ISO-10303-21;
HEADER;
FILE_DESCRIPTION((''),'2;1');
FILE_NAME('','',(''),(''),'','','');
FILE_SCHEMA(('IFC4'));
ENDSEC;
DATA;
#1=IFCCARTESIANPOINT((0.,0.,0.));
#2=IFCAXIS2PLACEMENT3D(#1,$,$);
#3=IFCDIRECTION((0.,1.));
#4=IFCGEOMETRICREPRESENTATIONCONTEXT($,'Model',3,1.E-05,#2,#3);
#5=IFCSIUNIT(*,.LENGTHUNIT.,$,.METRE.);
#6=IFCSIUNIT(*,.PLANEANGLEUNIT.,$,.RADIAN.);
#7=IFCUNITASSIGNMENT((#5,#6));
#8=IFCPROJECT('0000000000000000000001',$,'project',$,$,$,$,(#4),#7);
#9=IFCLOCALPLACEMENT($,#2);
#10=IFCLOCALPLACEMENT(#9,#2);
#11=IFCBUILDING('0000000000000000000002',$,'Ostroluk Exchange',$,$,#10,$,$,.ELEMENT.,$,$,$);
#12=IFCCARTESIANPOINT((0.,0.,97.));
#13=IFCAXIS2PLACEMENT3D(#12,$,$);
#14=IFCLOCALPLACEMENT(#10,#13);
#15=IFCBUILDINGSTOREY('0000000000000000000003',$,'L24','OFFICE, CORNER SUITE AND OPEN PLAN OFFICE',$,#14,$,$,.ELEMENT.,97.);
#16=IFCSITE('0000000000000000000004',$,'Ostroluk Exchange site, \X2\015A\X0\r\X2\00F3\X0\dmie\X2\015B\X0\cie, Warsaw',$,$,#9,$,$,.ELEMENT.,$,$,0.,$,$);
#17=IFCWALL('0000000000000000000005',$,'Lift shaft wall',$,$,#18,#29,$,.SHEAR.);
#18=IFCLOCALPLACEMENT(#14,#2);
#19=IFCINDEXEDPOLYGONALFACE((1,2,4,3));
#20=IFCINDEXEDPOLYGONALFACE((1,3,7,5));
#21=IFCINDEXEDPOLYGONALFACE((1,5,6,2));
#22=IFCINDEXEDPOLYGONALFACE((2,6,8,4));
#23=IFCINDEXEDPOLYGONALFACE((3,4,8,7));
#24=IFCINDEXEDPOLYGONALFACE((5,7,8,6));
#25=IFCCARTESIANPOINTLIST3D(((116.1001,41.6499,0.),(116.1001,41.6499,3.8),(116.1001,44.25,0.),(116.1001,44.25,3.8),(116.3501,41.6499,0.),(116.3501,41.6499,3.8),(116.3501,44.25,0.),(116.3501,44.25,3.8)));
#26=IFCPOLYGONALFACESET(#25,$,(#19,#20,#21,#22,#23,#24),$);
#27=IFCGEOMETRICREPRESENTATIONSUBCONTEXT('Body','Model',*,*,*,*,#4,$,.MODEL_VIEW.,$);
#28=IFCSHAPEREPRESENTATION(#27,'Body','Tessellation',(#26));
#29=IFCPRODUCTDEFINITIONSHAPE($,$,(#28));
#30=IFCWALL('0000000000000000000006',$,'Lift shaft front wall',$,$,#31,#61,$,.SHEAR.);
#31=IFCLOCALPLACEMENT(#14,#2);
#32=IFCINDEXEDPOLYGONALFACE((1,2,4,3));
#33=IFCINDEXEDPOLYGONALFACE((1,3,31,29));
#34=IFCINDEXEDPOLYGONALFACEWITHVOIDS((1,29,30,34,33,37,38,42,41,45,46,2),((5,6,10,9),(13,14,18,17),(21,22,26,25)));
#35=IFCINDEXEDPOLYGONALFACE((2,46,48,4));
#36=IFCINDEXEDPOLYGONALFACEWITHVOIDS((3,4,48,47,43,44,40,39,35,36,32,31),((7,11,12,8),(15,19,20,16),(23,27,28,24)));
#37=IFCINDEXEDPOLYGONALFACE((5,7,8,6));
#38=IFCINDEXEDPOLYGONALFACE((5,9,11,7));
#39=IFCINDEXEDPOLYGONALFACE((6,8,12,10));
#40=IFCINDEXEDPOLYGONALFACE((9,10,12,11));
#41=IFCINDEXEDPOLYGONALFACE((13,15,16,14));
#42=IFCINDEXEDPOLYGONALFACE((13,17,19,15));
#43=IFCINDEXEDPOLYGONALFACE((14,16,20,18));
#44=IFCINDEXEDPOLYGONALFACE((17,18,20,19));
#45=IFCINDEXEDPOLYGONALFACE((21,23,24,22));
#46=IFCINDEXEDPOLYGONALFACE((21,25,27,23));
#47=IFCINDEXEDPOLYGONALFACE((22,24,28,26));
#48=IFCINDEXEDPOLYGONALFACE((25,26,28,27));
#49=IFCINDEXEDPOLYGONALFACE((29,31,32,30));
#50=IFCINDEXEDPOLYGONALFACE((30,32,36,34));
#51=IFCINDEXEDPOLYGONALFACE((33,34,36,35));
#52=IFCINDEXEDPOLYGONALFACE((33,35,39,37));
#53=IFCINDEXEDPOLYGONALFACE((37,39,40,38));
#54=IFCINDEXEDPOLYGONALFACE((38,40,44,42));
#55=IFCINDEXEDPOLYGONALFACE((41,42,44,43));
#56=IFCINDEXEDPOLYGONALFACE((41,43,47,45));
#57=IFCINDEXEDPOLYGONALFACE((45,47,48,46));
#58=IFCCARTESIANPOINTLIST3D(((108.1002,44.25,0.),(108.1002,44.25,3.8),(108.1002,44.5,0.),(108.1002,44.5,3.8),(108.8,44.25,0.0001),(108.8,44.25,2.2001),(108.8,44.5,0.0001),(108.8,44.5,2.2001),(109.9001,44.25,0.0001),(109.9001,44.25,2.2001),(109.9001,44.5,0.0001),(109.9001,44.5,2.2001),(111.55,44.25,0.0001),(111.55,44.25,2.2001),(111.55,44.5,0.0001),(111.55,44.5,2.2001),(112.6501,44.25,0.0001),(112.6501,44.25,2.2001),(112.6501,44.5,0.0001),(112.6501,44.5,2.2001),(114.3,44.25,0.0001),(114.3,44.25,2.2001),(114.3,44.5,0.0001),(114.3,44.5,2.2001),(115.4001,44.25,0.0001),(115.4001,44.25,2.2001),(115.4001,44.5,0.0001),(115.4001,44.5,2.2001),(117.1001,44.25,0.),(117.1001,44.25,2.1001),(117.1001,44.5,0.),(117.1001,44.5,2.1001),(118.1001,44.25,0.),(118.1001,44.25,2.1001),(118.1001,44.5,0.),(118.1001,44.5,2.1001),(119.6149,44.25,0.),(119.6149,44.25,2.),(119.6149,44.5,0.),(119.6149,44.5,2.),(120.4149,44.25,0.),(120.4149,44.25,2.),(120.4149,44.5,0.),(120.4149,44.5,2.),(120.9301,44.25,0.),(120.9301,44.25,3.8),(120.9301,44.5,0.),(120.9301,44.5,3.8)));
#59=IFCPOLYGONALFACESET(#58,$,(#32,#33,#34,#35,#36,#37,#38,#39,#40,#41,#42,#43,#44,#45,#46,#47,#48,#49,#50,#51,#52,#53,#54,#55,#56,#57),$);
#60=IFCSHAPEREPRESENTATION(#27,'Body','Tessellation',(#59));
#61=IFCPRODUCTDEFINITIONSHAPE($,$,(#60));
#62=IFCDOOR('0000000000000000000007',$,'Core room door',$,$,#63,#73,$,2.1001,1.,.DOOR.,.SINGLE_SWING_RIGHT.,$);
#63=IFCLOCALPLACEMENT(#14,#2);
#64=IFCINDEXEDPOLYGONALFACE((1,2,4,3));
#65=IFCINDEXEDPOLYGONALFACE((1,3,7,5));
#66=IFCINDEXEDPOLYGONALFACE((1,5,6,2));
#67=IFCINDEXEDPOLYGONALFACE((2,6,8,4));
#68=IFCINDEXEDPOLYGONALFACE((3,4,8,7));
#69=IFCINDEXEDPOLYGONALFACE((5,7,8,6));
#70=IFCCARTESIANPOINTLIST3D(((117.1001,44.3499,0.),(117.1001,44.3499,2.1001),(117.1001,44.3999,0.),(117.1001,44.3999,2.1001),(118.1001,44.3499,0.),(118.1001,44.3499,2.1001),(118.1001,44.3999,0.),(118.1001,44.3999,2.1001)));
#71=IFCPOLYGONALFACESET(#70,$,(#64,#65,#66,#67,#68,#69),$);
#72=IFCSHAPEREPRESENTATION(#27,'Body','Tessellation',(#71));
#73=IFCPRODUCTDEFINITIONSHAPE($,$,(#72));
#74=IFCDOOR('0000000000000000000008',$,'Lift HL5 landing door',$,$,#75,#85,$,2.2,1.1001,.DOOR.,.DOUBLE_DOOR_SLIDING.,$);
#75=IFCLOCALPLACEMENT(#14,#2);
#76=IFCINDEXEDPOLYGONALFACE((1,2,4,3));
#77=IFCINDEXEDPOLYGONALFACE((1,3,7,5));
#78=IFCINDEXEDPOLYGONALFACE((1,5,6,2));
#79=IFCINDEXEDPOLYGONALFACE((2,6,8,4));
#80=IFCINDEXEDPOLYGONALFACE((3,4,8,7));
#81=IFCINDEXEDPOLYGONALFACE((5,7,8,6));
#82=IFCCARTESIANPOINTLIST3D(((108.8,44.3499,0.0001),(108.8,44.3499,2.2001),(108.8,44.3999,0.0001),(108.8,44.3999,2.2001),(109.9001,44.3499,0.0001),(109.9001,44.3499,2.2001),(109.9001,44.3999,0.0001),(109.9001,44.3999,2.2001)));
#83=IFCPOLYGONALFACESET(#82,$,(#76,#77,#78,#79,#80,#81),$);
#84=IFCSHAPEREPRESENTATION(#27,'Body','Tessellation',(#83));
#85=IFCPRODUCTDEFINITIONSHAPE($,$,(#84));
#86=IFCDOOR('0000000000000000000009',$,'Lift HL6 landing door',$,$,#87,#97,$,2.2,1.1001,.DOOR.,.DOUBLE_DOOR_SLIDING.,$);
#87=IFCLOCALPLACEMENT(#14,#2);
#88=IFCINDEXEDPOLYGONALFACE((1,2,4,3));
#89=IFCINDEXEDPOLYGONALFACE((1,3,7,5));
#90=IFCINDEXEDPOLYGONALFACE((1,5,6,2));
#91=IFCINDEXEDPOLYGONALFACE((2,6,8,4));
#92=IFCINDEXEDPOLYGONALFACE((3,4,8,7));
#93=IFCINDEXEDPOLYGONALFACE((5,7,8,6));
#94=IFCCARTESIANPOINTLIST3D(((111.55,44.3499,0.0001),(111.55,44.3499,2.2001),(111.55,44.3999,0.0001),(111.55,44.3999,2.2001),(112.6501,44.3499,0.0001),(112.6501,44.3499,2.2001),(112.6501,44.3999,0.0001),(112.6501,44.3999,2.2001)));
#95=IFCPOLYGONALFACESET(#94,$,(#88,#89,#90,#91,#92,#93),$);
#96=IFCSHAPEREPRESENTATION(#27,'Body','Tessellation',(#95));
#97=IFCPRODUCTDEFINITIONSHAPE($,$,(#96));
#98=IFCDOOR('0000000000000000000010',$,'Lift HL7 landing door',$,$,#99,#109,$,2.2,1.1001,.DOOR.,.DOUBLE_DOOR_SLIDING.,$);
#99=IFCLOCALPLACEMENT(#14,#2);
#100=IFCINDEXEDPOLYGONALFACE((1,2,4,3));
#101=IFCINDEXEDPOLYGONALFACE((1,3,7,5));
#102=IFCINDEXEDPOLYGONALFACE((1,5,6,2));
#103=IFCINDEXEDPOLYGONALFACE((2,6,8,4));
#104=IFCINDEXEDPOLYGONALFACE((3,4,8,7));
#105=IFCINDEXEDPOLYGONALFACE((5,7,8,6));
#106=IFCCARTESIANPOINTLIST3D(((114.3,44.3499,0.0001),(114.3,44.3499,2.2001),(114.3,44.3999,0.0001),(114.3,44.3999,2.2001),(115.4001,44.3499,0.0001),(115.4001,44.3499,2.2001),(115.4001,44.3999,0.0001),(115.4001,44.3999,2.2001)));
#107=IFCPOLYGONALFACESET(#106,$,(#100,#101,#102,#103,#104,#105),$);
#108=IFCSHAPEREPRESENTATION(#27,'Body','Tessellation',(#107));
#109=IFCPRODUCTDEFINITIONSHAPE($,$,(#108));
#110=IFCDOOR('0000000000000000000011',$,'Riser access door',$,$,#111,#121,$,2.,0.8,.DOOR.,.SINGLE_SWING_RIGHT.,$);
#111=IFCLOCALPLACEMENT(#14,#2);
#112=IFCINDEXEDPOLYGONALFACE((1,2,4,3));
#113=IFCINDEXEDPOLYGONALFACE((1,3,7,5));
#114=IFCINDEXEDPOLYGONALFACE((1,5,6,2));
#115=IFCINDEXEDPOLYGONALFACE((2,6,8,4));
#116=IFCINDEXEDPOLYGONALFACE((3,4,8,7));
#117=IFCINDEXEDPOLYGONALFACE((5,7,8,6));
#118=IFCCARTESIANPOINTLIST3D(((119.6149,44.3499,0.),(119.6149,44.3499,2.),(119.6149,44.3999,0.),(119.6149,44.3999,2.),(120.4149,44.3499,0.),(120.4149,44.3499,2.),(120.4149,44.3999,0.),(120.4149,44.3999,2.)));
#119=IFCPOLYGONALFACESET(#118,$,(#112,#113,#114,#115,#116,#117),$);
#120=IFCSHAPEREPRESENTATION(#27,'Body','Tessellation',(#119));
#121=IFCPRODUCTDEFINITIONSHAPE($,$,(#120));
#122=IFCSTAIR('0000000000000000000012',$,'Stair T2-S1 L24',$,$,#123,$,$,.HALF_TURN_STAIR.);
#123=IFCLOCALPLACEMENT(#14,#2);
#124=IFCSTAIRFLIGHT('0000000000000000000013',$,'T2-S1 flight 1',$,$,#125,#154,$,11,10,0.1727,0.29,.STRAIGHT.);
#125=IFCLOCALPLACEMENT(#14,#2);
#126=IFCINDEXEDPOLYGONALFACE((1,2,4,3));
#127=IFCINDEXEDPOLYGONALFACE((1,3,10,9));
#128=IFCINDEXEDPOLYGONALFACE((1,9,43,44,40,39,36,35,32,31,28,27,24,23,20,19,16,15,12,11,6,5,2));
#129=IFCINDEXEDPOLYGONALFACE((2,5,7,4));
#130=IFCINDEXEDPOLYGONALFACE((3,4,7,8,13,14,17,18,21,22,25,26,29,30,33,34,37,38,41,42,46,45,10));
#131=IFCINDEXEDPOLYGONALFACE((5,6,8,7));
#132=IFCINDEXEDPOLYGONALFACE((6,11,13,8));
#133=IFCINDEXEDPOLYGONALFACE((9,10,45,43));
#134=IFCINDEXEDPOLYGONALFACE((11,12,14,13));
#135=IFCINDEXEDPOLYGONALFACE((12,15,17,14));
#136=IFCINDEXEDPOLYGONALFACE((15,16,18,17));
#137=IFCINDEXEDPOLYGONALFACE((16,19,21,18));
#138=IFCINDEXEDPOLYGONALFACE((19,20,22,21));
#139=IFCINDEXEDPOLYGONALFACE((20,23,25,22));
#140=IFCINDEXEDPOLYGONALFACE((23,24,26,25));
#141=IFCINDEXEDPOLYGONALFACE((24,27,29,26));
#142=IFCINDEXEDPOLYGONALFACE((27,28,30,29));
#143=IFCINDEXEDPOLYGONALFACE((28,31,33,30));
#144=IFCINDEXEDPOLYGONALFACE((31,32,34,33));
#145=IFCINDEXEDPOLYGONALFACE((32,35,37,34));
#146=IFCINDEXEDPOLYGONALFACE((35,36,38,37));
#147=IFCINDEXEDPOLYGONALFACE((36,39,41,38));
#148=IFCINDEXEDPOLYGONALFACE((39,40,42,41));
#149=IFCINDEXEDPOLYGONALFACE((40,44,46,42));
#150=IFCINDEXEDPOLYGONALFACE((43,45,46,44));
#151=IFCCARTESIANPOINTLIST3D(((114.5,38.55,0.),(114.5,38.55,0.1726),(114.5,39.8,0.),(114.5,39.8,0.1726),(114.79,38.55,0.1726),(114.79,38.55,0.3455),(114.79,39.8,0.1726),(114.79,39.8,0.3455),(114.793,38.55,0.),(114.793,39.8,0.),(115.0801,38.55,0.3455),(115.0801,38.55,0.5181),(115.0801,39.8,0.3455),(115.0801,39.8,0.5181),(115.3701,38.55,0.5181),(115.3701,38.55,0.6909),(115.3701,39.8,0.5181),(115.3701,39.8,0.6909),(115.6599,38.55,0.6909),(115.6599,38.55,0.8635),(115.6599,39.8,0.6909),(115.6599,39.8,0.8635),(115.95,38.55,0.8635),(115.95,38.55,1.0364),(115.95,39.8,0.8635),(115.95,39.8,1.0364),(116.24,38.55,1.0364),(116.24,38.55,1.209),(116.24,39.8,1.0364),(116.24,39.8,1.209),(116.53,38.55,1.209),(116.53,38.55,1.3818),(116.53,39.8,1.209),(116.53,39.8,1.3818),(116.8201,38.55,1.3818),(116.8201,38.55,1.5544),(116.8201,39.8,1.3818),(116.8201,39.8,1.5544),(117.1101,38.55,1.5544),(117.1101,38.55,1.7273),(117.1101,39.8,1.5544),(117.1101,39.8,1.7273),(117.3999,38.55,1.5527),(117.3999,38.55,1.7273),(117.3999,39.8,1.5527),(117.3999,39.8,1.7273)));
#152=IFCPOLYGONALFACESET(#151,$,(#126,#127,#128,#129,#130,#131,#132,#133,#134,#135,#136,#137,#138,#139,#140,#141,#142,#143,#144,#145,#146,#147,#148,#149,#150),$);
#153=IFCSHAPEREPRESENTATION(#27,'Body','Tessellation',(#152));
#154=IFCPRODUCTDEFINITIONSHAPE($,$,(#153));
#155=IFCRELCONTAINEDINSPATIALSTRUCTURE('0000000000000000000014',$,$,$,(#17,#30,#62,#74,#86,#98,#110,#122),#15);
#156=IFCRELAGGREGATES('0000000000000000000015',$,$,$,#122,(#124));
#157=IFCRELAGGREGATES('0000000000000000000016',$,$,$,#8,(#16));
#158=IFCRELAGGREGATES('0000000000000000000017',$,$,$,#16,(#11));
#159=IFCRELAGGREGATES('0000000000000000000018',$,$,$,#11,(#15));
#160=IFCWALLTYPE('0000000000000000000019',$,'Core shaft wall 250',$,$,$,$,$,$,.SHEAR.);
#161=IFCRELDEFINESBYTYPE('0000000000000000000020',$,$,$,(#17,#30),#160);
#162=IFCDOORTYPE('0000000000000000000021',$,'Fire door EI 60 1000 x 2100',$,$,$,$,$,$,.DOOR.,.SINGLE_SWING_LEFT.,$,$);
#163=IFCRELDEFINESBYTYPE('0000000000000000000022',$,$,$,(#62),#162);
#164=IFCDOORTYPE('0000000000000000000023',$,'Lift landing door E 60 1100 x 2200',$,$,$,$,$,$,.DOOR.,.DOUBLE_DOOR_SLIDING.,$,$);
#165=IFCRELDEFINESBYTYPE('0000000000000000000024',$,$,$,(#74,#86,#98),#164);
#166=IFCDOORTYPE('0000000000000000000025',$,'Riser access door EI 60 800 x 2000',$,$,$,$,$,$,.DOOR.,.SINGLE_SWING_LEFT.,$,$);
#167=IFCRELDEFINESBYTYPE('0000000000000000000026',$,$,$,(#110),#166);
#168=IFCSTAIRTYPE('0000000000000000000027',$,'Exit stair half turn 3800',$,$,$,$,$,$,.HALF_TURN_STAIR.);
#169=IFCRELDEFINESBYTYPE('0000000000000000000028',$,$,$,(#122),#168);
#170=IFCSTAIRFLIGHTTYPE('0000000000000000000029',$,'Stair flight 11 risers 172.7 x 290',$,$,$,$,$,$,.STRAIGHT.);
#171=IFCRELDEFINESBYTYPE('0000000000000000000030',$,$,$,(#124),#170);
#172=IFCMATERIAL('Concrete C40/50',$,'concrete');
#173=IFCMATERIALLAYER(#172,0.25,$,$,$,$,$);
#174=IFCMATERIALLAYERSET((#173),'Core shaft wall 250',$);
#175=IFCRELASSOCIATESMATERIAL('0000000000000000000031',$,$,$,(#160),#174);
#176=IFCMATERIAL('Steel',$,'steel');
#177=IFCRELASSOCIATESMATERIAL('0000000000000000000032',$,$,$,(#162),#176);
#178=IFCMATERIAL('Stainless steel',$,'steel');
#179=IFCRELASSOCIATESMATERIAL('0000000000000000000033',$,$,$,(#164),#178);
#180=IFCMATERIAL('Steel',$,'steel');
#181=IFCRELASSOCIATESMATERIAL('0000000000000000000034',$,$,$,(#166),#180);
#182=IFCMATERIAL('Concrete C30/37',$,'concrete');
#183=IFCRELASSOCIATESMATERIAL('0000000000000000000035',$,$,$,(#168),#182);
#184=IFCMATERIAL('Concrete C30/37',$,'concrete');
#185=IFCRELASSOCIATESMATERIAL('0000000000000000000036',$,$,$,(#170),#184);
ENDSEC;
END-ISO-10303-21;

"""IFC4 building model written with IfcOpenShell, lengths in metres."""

from ifc_helpers import new_model, si_unit, direction, frame, frame_2d, origin, place, context, subcontext, project, spatial, polyline, rectangle, outline, extrude, material, layer, layer_set, type_object, element, fill, aggregate, save


model = new_model("IFC4")

# Units and contexts
model_context = context("Model", 3, precision=1e-05, world=origin(), true_north=direction((0.0, 1.0)))
body_context = subcontext(model_context, "Body", "Model", "MODEL_VIEW")
ifc_project = project(units=[si_unit("LENGTHUNIT", "METRE"), si_unit("PLANEANGLEUNIT", "RADIAN")], contexts=[model_context])

# Site, building, storey
site_placement = place(None, origin())
site = spatial("IfcSite", under=ifc_project, at=site_placement, Name="Ostroluk Exchange site, Śródmieście, Warsaw", CompositionType="ELEMENT", RefElevation=0.0)
building_placement = place(site_placement, origin())
building = spatial("IfcBuilding", under=site, at=building_placement, Name="Ostroluk Exchange", CompositionType="ELEMENT")
storey_placement = place(building_placement, frame((0.0, 0.0, 97.0)))
storey = spatial("IfcBuildingStorey", under=building, at=storey_placement, Name="L24", Description="OFFICE, CORNER SUITE AND OPEN PLAN OFFICE", CompositionType="ELEMENT", Elevation=97.0)

# Shared definitions
ifc_material_1 = material(Name="Concrete C40/50", Category="concrete")
ifc_layer = layer(ifc_material_1, 0.25)
ifc_layer_set = layer_set([ifc_layer], Name="Core shaft wall 250")
wall_type = type_object("IfcWallType", Name="Core shaft wall 250", PredefinedType="SHEAR", material=ifc_layer_set)

# Wall
for number, where, z_axis, x_axis, name in (
    (1, (116.2251, 44.25, 0.0), (0.0, 0.0, 1.0), (0.0, -1.0, 0.0), "Lift shaft wall"),
):
    element("IfcWall", number, at=place(storey_placement, frame(where, z_axis=z_axis, x_axis=x_axis)), inside=storey, type_object=wall_type, Name=name, PredefinedType="SHEAR", context=body_context, shape_type="SweptSolid", body=[
        extrude(rectangle(XDim=2.6001, YDim=0.25, at=frame_2d((1.3, 0.0))), origin(), (0.0, 0.0, 1.0), 3.8),
    ])

# Wall, openings, doors
wall_1_placement = place(storey_placement, frame((108.1001, 44.375, 0.0), z_axis=(0.0, 0.0, 1.0), x_axis=(1.0, 0.0, 0.0)))
wall_1 = element("IfcWall", 2, at=wall_1_placement, inside=storey, type_object=wall_type, Name="Lift shaft front wall", PredefinedType="SHEAR", context=body_context, shape_type="SweptSolid", body=[
    extrude(rectangle(XDim=12.8298, YDim=0.25, at=frame_2d((6.415, 0.0))), origin(), (0.0, 0.0, 1.0), 3.8),
])
opening_1_placement = place(wall_1_placement, frame((0.7, 0.0, 0.0)))
opening_1 = element("IfcOpeningElement", 3, at=opening_1_placement, cuts=wall_1, PredefinedType="OPENING", context=body_context, shape_type="SweptSolid", body=[
    extrude(rectangle(XDim=1.1001, YDim=2.2, at=frame_2d((0.55, 1.1001))), frame((0.0, 0.135, 0.0), z_axis=(0.0, -1.0, 0.0), x_axis=(1.0, 0.0, 0.0)), (0.0, 0.0, 1.0), 0.27),
])
opening_2_placement = place(wall_1_placement, frame((3.45, 0.0, 0.0)))
opening_2 = element("IfcOpeningElement", 4, at=opening_2_placement, cuts=wall_1, PredefinedType="OPENING", context=body_context, shape_type="SweptSolid", body=[
    extrude(rectangle(XDim=1.1001, YDim=2.2, at=frame_2d((0.55, 1.1001))), frame((0.0, 0.135, 0.0), z_axis=(0.0, -1.0, 0.0), x_axis=(1.0, 0.0, 0.0)), (0.0, 0.0, 1.0), 0.27),
])
opening_3_placement = place(wall_1_placement, frame((6.2, 0.0, 0.0)))
opening_3 = element("IfcOpeningElement", 5, at=opening_3_placement, cuts=wall_1, PredefinedType="OPENING", context=body_context, shape_type="SweptSolid", body=[
    extrude(rectangle(XDim=1.1001, YDim=2.2, at=frame_2d((0.55, 1.1001))), frame((0.0, 0.135, 0.0), z_axis=(0.0, -1.0, 0.0), x_axis=(1.0, 0.0, 0.0)), (0.0, 0.0, 1.0), 0.27),
])
opening_4_placement = place(wall_1_placement, frame((9.0, 0.0, 0.0)))
opening_4 = element("IfcOpeningElement", 6, at=opening_4_placement, cuts=wall_1, PredefinedType="OPENING", context=body_context, shape_type="SweptSolid", body=[
    extrude(rectangle(XDim=1.0, YDim=2.1001, at=frame_2d((0.5, 1.05))), frame((0.0, 0.135, 0.0), z_axis=(0.0, -1.0, 0.0), x_axis=(1.0, 0.0, 0.0)), (0.0, 0.0, 1.0), 0.27),
])
opening_5_placement = place(wall_1_placement, frame((11.5149, 0.0, 0.0)))
opening_5 = element("IfcOpeningElement", 7, at=opening_5_placement, cuts=wall_1, PredefinedType="OPENING", context=body_context, shape_type="SweptSolid", body=[
    extrude(rectangle(XDim=0.8, YDim=2.0, at=frame_2d((0.3999, 1.0))), frame((0.0, 0.135, 0.0), z_axis=(0.0, -1.0, 0.0), x_axis=(1.0, 0.0, 0.0)), (0.0, 0.0, 1.0), 0.27),
])
ifc_material_2 = material(Name="Steel", Category="steel")
door_type_1 = type_object("IfcDoorType", Name="Fire door EI 60 1000 x 2100", OperationType="SINGLE_SWING_LEFT", PredefinedType="DOOR", material=ifc_material_2)
door_1_placement = place(opening_4_placement, origin())
door_1 = element("IfcDoor", 8, at=door_1_placement, inside=storey, type_object=door_type_1, Name="Core room door", OperationType="SINGLE_SWING_RIGHT", OverallHeight=2.1001, OverallWidth=1.0, PredefinedType="DOOR", context=body_context, shape_type="SweptSolid", body=[
    extrude(rectangle(XDim=1.0, YDim=2.1001, at=frame_2d((0.5, 1.05))), frame((0.0, 0.0249, 0.0), z_axis=(0.0, -1.0, 0.0), x_axis=(1.0, 0.0, 0.0)), (0.0, 0.0, 1.0), 0.05),
])
fill(opening_4, door_1)
ifc_material_3 = material(Name="Stainless steel", Category="steel")
door_type_2 = type_object("IfcDoorType", Name="Lift landing door E 60 1100 x 2200", OperationType="DOUBLE_DOOR_SLIDING", PredefinedType="DOOR", material=ifc_material_3)
door_2_placement = place(opening_1_placement, origin())
door_2 = element("IfcDoor", 9, at=door_2_placement, inside=storey, type_object=door_type_2, Name="Lift HL5 landing door", OperationType="DOUBLE_DOOR_SLIDING", OverallHeight=2.2, OverallWidth=1.1001, PredefinedType="DOOR", context=body_context, shape_type="SweptSolid", body=[
    extrude(rectangle(XDim=1.1001, YDim=2.2, at=frame_2d((0.55, 1.1001))), frame((0.0, 0.0249, 0.0), z_axis=(0.0, -1.0, 0.0), x_axis=(1.0, 0.0, 0.0)), (0.0, 0.0, 1.0), 0.05),
])
fill(opening_1, door_2)
door_3_placement = place(opening_2_placement, origin())
door_3 = element("IfcDoor", 10, at=door_3_placement, inside=storey, type_object=door_type_2, Name="Lift HL6 landing door", OperationType="DOUBLE_DOOR_SLIDING", OverallHeight=2.2, OverallWidth=1.1001, PredefinedType="DOOR", context=body_context, shape_type="SweptSolid", body=[
    extrude(rectangle(XDim=1.1001, YDim=2.2, at=frame_2d((0.55, 1.1001))), frame((0.0, 0.0249, 0.0), z_axis=(0.0, -1.0, 0.0), x_axis=(1.0, 0.0, 0.0)), (0.0, 0.0, 1.0), 0.05),
])
fill(opening_2, door_3)
door_4_placement = place(opening_3_placement, origin())
door_4 = element("IfcDoor", 11, at=door_4_placement, inside=storey, type_object=door_type_2, Name="Lift HL7 landing door", OperationType="DOUBLE_DOOR_SLIDING", OverallHeight=2.2, OverallWidth=1.1001, PredefinedType="DOOR", context=body_context, shape_type="SweptSolid", body=[
    extrude(rectangle(XDim=1.1001, YDim=2.2, at=frame_2d((0.55, 1.1001))), frame((0.0, 0.0249, 0.0), z_axis=(0.0, -1.0, 0.0), x_axis=(1.0, 0.0, 0.0)), (0.0, 0.0, 1.0), 0.05),
])
fill(opening_3, door_4)
ifc_material_4 = material(Name="Steel", Category="steel")
door_type_3 = type_object("IfcDoorType", Name="Riser access door EI 60 800 x 2000", OperationType="SINGLE_SWING_LEFT", PredefinedType="DOOR", material=ifc_material_4)
door_5_placement = place(opening_5_placement, origin())
door_5 = element("IfcDoor", 12, at=door_5_placement, inside=storey, type_object=door_type_3, Name="Riser access door", OperationType="SINGLE_SWING_RIGHT", OverallHeight=2.0, OverallWidth=0.8, PredefinedType="DOOR", context=body_context, shape_type="SweptSolid", body=[
    extrude(rectangle(XDim=0.8, YDim=2.0, at=frame_2d((0.3999, 1.0))), frame((0.0, 0.0249, 0.0), z_axis=(0.0, -1.0, 0.0), x_axis=(1.0, 0.0, 0.0)), (0.0, 0.0, 1.0), 0.05),
])
fill(opening_5, door_5)

# Stair, stair flight
ifc_material_5 = material(Name="Concrete C30/37", Category="concrete")
stair_type = type_object("IfcStairType", Name="Exit stair half turn 3800", PredefinedType="HALF_TURN_STAIR", material=ifc_material_5)
stair_placement = place(storey_placement, origin())
stair = element("IfcStair", 13, at=stair_placement, inside=storey, type_object=stair_type, Name="Stair T2-S1 L24", PredefinedType="HALF_TURN_STAIR")
ifc_material_6 = material(Name="Concrete C30/37", Category="concrete")
stair_flight_type = type_object("IfcStairFlightType", Name="Stair flight 11 risers 172.7 x 290", PredefinedType="STRAIGHT", material=ifc_material_6)
stair_flight_placement = place(storey_placement, frame((114.5, 39.175, 0.0), z_axis=(0.0, 0.0, 1.0), x_axis=(1.0, 0.0, 0.0)))
stair_flight = element("IfcStairFlight", 14, at=stair_flight_placement, type_object=stair_flight_type, Name="T2-S1 flight 1", NumberOfRisers=11, NumberOfTreads=10, PredefinedType="STRAIGHT", RiserHeight=0.1727, TreadLength=0.29, context=body_context, shape_type="SweptSolid", body=[
    extrude(outline(polyline([(0.0, 0.0), (0.0, 0.1726), (0.29, 0.1726), (0.29, 0.3455), (0.5801, 0.3455), (0.5801, 0.5181), (0.8701, 0.5181), (0.8701, 0.6909), (1.1599, 0.6909), (1.1599, 0.8635), (1.45, 0.8635), (1.45, 1.0364), (1.74, 1.0364), (1.74, 1.209), (2.03, 1.209), (2.03, 1.3818), (2.3201, 1.3818), (2.3201, 1.5544), (2.6101, 1.5544), (2.6101, 1.7273), (2.8999, 1.7273), (2.8999, 1.8999), (2.8999, 1.5527), (0.293, 0.0), (0.0, 0.0)])), frame((0.0, 0.625, 0.0), z_axis=(0.0, -1.0, 0.0), x_axis=(1.0, 0.0, 0.0)), (0.0, 0.0, 1.0), 1.25),
])
aggregate(stair, [stair_flight])

save(model, "model.ifc")
